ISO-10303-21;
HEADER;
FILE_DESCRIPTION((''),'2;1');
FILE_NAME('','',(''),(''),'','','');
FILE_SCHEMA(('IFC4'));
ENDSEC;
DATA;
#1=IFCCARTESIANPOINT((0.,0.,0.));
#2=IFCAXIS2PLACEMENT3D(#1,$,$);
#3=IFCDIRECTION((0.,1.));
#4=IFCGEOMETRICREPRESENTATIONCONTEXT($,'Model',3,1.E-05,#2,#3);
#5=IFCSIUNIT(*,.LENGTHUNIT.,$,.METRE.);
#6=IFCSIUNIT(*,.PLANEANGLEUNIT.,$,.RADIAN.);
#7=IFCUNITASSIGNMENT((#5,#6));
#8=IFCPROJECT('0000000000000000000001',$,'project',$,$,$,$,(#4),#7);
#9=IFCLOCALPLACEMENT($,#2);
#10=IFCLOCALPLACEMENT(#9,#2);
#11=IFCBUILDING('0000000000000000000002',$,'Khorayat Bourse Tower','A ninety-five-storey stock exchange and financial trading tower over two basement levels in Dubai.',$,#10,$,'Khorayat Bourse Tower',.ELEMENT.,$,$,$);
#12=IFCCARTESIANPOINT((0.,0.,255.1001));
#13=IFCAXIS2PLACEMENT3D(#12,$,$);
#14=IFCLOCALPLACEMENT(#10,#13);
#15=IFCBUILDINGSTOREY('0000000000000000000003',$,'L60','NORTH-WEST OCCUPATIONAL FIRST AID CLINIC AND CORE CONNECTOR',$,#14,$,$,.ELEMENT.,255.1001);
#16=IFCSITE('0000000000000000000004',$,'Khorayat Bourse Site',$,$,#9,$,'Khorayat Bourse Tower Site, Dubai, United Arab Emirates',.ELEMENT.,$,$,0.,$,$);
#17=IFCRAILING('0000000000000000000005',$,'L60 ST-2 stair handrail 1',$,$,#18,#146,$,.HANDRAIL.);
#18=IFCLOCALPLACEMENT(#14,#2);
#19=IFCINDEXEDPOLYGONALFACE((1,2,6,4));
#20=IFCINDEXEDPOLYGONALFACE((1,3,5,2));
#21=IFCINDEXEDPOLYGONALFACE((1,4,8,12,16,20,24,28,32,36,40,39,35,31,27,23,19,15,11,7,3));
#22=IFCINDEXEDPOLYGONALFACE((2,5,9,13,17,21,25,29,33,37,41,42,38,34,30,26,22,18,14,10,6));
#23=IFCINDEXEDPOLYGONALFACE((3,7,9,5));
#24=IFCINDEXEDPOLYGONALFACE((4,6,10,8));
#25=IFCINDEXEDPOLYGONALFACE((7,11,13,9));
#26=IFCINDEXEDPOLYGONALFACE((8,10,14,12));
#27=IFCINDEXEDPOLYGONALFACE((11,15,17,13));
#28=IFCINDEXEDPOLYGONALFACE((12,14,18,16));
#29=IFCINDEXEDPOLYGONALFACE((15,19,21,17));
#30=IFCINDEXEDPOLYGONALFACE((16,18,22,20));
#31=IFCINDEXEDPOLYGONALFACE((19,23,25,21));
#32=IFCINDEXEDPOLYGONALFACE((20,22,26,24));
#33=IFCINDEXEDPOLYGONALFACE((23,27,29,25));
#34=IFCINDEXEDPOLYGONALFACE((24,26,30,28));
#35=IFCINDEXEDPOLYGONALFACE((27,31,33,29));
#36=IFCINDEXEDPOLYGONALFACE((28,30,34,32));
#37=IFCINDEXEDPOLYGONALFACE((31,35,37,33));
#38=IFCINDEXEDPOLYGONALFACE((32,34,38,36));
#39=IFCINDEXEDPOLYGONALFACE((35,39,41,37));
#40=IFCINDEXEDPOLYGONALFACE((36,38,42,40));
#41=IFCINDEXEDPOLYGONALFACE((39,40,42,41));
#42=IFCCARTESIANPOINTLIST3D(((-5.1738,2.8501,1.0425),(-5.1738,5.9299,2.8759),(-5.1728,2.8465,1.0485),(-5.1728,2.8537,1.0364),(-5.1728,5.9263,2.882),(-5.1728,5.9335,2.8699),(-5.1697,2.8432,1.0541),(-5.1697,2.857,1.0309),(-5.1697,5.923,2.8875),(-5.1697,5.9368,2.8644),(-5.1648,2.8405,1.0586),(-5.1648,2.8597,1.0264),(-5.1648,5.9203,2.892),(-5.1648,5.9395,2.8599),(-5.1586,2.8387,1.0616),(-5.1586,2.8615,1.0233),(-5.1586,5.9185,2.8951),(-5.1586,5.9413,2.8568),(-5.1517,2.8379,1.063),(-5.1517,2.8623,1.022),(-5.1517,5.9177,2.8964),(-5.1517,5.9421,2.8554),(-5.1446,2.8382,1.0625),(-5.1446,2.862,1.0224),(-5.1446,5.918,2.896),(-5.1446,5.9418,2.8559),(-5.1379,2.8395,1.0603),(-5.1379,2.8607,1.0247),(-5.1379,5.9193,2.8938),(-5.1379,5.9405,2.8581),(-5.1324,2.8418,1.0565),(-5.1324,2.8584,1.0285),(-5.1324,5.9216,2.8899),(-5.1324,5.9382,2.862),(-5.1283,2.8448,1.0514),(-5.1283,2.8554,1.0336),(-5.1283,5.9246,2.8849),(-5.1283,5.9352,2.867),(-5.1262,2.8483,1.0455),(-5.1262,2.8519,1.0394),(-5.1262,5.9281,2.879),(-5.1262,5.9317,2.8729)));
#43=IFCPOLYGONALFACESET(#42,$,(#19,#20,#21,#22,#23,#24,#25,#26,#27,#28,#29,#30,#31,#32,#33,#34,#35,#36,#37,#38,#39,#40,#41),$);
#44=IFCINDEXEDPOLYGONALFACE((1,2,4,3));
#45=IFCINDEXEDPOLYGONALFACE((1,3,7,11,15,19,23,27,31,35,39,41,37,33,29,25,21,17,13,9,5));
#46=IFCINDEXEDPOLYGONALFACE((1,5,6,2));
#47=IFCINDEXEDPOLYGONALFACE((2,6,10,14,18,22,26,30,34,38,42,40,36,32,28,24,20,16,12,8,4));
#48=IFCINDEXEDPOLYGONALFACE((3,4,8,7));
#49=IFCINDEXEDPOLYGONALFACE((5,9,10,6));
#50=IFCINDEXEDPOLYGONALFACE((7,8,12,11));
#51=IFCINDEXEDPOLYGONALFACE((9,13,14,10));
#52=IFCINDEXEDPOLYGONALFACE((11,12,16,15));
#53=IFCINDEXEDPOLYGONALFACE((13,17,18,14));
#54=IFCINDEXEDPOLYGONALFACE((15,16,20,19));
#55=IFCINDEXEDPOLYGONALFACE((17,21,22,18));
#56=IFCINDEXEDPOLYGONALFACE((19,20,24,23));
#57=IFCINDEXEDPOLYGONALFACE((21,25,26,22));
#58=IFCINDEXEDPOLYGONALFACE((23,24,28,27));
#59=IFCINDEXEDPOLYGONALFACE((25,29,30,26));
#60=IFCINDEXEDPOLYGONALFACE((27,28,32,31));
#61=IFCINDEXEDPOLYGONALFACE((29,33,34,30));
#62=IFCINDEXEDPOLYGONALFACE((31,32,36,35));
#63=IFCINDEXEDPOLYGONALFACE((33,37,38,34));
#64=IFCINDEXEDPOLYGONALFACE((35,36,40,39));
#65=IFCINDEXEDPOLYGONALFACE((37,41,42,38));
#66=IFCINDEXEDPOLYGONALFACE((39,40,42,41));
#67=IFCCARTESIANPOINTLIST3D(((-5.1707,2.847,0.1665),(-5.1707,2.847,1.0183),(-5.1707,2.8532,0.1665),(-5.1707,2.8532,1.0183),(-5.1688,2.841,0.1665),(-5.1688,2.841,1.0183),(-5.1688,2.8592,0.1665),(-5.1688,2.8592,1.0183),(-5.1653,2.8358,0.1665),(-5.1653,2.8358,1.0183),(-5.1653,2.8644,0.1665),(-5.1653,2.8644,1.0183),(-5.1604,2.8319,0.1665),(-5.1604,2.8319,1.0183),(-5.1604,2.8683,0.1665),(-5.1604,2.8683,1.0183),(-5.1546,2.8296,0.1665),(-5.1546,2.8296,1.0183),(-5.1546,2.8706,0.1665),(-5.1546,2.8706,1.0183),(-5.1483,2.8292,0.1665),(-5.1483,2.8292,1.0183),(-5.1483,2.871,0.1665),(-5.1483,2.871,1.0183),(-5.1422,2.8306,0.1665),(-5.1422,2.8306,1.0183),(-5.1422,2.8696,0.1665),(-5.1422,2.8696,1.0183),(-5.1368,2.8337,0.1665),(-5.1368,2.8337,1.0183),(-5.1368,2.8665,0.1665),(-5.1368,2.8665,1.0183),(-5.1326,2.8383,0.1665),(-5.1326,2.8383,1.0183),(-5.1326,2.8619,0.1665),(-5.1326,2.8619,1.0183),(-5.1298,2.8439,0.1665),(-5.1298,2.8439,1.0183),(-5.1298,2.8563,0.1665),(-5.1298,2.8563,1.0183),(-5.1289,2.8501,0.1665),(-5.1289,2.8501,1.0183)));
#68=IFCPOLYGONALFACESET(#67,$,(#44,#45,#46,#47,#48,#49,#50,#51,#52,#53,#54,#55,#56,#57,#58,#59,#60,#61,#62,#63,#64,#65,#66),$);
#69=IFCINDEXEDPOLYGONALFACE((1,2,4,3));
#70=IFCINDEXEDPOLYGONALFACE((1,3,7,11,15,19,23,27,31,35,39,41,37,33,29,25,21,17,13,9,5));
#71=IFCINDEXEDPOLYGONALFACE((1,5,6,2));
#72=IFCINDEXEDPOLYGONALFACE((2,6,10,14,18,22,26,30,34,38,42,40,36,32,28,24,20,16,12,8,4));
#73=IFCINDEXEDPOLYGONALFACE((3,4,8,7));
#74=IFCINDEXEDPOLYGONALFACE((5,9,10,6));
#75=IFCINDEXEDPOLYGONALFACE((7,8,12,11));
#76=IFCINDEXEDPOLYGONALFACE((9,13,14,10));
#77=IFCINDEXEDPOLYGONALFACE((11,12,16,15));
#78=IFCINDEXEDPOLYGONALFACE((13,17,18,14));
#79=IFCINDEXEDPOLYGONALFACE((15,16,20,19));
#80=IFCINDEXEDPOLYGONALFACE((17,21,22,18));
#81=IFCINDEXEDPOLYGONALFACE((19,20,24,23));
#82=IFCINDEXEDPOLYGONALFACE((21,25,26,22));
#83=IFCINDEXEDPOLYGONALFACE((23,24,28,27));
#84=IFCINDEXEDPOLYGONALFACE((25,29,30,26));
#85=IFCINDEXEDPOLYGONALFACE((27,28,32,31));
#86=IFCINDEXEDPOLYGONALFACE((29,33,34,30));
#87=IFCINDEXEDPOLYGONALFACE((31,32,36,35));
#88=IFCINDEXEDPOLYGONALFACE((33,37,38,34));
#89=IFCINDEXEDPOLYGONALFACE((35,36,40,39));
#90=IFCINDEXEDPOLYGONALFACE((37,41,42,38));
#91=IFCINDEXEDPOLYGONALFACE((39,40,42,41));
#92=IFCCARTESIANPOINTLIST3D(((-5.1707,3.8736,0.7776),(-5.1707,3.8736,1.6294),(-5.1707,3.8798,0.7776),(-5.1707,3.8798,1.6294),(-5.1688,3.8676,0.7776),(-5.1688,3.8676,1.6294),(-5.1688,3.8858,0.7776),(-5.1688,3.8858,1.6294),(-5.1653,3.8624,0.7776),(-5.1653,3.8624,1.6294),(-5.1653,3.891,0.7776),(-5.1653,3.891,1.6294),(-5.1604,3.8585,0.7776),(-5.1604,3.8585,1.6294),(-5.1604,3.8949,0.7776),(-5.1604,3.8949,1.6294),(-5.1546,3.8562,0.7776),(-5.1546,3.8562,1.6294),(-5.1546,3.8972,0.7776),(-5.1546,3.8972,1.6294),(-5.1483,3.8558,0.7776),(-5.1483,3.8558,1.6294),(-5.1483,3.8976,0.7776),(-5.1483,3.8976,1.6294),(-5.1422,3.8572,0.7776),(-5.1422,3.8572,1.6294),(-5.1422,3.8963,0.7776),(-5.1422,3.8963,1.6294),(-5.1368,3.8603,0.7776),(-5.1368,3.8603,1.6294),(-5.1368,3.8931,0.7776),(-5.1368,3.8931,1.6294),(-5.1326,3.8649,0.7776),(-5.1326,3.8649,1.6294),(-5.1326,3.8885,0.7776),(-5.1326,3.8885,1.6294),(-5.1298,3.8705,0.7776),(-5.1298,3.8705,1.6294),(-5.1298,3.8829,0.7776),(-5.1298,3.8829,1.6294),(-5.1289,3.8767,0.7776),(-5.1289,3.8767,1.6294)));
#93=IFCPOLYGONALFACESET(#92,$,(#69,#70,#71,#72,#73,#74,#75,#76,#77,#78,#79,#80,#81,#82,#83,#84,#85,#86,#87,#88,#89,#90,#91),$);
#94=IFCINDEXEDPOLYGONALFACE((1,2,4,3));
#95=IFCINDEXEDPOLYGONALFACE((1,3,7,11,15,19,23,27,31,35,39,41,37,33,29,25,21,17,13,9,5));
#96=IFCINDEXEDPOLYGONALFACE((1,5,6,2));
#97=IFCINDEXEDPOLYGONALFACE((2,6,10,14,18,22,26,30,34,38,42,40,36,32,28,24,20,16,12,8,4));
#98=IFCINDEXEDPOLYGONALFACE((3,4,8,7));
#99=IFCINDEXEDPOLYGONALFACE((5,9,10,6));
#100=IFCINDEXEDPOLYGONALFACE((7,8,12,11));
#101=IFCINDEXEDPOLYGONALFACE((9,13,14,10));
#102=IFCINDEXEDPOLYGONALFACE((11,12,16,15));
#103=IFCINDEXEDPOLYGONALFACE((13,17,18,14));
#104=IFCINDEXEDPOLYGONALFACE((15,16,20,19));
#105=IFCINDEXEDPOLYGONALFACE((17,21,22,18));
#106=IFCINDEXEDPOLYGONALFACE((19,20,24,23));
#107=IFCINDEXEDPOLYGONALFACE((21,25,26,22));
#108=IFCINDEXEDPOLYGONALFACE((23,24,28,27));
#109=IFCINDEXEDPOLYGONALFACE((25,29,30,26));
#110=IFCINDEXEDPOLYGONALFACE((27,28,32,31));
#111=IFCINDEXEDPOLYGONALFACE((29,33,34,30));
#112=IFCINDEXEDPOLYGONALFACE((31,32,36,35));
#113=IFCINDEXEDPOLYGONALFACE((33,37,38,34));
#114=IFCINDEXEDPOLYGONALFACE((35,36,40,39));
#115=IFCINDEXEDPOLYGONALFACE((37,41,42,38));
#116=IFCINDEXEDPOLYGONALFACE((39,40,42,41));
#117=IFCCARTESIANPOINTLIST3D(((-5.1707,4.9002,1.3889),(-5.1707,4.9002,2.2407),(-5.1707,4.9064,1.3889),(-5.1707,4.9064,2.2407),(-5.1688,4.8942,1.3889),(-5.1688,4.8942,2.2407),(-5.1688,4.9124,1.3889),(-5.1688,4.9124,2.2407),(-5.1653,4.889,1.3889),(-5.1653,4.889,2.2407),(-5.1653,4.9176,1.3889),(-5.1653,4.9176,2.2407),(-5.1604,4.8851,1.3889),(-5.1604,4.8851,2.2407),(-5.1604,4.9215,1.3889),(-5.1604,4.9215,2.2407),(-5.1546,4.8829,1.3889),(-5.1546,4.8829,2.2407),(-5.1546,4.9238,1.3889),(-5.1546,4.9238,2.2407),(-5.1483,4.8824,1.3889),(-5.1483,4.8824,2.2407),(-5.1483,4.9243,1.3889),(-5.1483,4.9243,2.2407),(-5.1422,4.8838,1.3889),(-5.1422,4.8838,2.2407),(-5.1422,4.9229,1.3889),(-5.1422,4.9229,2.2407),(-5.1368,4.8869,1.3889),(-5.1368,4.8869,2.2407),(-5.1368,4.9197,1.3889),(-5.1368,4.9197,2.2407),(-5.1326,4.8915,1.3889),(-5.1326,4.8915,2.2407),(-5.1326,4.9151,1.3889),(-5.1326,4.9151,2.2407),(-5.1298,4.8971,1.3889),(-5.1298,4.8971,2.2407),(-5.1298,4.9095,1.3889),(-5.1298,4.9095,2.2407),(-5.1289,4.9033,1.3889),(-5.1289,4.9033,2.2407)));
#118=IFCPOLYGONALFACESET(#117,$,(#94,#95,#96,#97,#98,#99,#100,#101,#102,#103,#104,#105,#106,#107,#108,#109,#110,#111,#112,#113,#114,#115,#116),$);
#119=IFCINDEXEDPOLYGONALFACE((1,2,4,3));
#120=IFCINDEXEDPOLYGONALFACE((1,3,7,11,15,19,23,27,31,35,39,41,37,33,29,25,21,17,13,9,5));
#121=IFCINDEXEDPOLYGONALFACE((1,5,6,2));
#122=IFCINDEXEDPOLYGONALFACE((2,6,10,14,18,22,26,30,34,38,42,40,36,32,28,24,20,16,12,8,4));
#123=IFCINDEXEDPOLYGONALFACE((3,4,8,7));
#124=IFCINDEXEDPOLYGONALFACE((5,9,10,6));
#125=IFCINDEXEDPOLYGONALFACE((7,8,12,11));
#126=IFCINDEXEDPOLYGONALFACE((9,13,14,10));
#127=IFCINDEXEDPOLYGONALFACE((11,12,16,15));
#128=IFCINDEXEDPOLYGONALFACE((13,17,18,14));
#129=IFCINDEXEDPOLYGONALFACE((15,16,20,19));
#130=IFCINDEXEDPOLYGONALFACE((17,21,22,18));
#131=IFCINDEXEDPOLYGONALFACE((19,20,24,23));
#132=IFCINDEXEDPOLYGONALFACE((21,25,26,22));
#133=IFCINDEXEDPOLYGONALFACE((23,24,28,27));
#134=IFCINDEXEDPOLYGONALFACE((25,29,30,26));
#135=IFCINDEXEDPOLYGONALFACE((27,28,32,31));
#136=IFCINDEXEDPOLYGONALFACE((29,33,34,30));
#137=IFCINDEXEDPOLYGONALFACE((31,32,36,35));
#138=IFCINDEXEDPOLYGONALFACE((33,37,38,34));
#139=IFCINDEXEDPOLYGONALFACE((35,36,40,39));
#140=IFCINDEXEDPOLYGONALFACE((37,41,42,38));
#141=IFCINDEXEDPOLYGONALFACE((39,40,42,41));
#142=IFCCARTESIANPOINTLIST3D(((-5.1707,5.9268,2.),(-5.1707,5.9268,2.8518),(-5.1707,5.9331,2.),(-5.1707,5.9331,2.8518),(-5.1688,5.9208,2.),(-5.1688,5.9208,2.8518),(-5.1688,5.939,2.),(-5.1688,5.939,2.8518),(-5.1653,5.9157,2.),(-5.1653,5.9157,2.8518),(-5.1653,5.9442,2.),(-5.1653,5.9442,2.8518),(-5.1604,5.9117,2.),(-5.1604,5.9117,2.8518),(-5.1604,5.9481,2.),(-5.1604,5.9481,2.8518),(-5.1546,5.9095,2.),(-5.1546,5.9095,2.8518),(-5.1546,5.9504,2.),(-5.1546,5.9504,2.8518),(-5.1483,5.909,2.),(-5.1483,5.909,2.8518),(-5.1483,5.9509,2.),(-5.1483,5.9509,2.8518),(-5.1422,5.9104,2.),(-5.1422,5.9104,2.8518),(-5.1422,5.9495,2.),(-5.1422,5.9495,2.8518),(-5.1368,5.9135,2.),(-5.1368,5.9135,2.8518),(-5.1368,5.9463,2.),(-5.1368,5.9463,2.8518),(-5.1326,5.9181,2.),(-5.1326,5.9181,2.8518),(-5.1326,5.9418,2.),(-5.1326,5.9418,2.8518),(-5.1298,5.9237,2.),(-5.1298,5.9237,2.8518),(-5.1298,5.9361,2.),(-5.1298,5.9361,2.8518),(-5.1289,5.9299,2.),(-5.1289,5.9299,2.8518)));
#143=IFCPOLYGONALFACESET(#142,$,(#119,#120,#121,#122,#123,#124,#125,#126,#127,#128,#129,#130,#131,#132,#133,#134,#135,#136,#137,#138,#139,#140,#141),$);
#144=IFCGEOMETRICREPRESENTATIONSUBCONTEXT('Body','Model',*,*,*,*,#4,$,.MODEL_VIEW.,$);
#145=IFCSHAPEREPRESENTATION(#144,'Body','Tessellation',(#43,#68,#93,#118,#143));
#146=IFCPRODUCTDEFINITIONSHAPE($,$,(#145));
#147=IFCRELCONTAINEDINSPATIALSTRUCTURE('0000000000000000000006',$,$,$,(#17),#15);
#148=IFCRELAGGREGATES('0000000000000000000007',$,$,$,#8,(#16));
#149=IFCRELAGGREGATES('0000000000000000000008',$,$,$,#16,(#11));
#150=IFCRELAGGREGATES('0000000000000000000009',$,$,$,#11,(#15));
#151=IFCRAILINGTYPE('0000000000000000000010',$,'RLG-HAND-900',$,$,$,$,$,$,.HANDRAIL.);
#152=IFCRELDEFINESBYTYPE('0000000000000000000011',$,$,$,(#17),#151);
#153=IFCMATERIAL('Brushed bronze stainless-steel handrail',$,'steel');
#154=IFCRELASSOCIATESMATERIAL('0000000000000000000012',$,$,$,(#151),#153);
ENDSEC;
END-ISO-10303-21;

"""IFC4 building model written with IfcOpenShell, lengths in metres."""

from ifc_helpers import new_model, si_unit, direction, frame, origin, origin_2d, place, context, subcontext, project, spatial, circle, extrude, source, transform, mapped, material, type_object, element, save


model = new_model("IFC4")

# Units and contexts
model_context = context("Model", 3, precision=1e-05, world=origin(), true_north=direction((0.0, 1.0)))
body_context = subcontext(model_context, "Body", "Model", "MODEL_VIEW")
ifc_project = project(units=[si_unit("LENGTHUNIT", "METRE"), si_unit("PLANEANGLEUNIT", "RADIAN")], contexts=[model_context])

# Site, building, storey
site_placement = place(None, origin())
site = spatial("IfcSite", under=ifc_project, at=site_placement, Name="Khorayat Bourse Site", LongName="Khorayat Bourse Tower Site, Dubai, United Arab Emirates", CompositionType="ELEMENT", RefElevation=0.0)
building_placement = place(site_placement, origin())
building = spatial("IfcBuilding", under=site, at=building_placement, Name="Khorayat Bourse Tower", Description="A ninety-five-storey stock exchange and financial trading tower over two basement levels in Dubai.", LongName="Khorayat Bourse Tower", CompositionType="ELEMENT")
storey_placement = place(building_placement, frame((0.0, 0.0, 255.1001)))
storey = spatial("IfcBuildingStorey", under=building, at=storey_placement, Name="L60", Description="NORTH-WEST OCCUPATIONAL FIRST AID CLINIC AND CORE CONNECTOR", CompositionType="ELEMENT", Elevation=255.1001)

# Railing
ifc_material_1 = material(Name="Brushed bronze stainless-steel handrail", Category="steel")
railing_type_1 = type_object("IfcRailingType", Name="RLG-HAND-900", PredefinedType="HANDRAIL", material=ifc_material_1)
shared_shape_1 = source(origin(), body_context, "Body", "SweptSolid", [
    extrude(circle(Radius=0.0239, at=origin_2d()), frame((0.0, 0.0, 0.876), z_axis=(0.0, 0.859261, 0.511538), x_axis=(-1.0, 0.0, 0.0)), (0.0, 0.0, 1.0), 3.5842),
    extrude(circle(Radius=0.021, at=origin_2d()), origin(), (0.0, 0.0, 1.0), 0.8518),
    extrude(circle(Radius=0.021, at=origin_2d()), frame((0.0, 1.0266, 0.6111)), (0.0, 0.0, 1.0), 0.8518),
    extrude(circle(Radius=0.021, at=origin_2d()), frame((0.0, 2.0532, 1.2224)), (0.0, 0.0, 1.0), 0.8518),
    extrude(circle(Radius=0.021, at=origin_2d()), frame((0.0, 3.0798, 1.8335)), (0.0, 0.0, 1.0), 0.8518),
])
railing_1_placement = place(storey_placement, frame((-5.1499, 2.8501, 0.1665)))
element("IfcRailing", 1, at=railing_1_placement, inside=storey, type_object=railing_type_1, Name="L60 ST-2 stair handrail 1", PredefinedType="HANDRAIL", context=body_context, shape_type="MappedRepresentation", body=[
    mapped(shared_shape_1, transform((0.0, 0.0, 0.0), scale=1.0)),
])

save(model, "model.ifc")
